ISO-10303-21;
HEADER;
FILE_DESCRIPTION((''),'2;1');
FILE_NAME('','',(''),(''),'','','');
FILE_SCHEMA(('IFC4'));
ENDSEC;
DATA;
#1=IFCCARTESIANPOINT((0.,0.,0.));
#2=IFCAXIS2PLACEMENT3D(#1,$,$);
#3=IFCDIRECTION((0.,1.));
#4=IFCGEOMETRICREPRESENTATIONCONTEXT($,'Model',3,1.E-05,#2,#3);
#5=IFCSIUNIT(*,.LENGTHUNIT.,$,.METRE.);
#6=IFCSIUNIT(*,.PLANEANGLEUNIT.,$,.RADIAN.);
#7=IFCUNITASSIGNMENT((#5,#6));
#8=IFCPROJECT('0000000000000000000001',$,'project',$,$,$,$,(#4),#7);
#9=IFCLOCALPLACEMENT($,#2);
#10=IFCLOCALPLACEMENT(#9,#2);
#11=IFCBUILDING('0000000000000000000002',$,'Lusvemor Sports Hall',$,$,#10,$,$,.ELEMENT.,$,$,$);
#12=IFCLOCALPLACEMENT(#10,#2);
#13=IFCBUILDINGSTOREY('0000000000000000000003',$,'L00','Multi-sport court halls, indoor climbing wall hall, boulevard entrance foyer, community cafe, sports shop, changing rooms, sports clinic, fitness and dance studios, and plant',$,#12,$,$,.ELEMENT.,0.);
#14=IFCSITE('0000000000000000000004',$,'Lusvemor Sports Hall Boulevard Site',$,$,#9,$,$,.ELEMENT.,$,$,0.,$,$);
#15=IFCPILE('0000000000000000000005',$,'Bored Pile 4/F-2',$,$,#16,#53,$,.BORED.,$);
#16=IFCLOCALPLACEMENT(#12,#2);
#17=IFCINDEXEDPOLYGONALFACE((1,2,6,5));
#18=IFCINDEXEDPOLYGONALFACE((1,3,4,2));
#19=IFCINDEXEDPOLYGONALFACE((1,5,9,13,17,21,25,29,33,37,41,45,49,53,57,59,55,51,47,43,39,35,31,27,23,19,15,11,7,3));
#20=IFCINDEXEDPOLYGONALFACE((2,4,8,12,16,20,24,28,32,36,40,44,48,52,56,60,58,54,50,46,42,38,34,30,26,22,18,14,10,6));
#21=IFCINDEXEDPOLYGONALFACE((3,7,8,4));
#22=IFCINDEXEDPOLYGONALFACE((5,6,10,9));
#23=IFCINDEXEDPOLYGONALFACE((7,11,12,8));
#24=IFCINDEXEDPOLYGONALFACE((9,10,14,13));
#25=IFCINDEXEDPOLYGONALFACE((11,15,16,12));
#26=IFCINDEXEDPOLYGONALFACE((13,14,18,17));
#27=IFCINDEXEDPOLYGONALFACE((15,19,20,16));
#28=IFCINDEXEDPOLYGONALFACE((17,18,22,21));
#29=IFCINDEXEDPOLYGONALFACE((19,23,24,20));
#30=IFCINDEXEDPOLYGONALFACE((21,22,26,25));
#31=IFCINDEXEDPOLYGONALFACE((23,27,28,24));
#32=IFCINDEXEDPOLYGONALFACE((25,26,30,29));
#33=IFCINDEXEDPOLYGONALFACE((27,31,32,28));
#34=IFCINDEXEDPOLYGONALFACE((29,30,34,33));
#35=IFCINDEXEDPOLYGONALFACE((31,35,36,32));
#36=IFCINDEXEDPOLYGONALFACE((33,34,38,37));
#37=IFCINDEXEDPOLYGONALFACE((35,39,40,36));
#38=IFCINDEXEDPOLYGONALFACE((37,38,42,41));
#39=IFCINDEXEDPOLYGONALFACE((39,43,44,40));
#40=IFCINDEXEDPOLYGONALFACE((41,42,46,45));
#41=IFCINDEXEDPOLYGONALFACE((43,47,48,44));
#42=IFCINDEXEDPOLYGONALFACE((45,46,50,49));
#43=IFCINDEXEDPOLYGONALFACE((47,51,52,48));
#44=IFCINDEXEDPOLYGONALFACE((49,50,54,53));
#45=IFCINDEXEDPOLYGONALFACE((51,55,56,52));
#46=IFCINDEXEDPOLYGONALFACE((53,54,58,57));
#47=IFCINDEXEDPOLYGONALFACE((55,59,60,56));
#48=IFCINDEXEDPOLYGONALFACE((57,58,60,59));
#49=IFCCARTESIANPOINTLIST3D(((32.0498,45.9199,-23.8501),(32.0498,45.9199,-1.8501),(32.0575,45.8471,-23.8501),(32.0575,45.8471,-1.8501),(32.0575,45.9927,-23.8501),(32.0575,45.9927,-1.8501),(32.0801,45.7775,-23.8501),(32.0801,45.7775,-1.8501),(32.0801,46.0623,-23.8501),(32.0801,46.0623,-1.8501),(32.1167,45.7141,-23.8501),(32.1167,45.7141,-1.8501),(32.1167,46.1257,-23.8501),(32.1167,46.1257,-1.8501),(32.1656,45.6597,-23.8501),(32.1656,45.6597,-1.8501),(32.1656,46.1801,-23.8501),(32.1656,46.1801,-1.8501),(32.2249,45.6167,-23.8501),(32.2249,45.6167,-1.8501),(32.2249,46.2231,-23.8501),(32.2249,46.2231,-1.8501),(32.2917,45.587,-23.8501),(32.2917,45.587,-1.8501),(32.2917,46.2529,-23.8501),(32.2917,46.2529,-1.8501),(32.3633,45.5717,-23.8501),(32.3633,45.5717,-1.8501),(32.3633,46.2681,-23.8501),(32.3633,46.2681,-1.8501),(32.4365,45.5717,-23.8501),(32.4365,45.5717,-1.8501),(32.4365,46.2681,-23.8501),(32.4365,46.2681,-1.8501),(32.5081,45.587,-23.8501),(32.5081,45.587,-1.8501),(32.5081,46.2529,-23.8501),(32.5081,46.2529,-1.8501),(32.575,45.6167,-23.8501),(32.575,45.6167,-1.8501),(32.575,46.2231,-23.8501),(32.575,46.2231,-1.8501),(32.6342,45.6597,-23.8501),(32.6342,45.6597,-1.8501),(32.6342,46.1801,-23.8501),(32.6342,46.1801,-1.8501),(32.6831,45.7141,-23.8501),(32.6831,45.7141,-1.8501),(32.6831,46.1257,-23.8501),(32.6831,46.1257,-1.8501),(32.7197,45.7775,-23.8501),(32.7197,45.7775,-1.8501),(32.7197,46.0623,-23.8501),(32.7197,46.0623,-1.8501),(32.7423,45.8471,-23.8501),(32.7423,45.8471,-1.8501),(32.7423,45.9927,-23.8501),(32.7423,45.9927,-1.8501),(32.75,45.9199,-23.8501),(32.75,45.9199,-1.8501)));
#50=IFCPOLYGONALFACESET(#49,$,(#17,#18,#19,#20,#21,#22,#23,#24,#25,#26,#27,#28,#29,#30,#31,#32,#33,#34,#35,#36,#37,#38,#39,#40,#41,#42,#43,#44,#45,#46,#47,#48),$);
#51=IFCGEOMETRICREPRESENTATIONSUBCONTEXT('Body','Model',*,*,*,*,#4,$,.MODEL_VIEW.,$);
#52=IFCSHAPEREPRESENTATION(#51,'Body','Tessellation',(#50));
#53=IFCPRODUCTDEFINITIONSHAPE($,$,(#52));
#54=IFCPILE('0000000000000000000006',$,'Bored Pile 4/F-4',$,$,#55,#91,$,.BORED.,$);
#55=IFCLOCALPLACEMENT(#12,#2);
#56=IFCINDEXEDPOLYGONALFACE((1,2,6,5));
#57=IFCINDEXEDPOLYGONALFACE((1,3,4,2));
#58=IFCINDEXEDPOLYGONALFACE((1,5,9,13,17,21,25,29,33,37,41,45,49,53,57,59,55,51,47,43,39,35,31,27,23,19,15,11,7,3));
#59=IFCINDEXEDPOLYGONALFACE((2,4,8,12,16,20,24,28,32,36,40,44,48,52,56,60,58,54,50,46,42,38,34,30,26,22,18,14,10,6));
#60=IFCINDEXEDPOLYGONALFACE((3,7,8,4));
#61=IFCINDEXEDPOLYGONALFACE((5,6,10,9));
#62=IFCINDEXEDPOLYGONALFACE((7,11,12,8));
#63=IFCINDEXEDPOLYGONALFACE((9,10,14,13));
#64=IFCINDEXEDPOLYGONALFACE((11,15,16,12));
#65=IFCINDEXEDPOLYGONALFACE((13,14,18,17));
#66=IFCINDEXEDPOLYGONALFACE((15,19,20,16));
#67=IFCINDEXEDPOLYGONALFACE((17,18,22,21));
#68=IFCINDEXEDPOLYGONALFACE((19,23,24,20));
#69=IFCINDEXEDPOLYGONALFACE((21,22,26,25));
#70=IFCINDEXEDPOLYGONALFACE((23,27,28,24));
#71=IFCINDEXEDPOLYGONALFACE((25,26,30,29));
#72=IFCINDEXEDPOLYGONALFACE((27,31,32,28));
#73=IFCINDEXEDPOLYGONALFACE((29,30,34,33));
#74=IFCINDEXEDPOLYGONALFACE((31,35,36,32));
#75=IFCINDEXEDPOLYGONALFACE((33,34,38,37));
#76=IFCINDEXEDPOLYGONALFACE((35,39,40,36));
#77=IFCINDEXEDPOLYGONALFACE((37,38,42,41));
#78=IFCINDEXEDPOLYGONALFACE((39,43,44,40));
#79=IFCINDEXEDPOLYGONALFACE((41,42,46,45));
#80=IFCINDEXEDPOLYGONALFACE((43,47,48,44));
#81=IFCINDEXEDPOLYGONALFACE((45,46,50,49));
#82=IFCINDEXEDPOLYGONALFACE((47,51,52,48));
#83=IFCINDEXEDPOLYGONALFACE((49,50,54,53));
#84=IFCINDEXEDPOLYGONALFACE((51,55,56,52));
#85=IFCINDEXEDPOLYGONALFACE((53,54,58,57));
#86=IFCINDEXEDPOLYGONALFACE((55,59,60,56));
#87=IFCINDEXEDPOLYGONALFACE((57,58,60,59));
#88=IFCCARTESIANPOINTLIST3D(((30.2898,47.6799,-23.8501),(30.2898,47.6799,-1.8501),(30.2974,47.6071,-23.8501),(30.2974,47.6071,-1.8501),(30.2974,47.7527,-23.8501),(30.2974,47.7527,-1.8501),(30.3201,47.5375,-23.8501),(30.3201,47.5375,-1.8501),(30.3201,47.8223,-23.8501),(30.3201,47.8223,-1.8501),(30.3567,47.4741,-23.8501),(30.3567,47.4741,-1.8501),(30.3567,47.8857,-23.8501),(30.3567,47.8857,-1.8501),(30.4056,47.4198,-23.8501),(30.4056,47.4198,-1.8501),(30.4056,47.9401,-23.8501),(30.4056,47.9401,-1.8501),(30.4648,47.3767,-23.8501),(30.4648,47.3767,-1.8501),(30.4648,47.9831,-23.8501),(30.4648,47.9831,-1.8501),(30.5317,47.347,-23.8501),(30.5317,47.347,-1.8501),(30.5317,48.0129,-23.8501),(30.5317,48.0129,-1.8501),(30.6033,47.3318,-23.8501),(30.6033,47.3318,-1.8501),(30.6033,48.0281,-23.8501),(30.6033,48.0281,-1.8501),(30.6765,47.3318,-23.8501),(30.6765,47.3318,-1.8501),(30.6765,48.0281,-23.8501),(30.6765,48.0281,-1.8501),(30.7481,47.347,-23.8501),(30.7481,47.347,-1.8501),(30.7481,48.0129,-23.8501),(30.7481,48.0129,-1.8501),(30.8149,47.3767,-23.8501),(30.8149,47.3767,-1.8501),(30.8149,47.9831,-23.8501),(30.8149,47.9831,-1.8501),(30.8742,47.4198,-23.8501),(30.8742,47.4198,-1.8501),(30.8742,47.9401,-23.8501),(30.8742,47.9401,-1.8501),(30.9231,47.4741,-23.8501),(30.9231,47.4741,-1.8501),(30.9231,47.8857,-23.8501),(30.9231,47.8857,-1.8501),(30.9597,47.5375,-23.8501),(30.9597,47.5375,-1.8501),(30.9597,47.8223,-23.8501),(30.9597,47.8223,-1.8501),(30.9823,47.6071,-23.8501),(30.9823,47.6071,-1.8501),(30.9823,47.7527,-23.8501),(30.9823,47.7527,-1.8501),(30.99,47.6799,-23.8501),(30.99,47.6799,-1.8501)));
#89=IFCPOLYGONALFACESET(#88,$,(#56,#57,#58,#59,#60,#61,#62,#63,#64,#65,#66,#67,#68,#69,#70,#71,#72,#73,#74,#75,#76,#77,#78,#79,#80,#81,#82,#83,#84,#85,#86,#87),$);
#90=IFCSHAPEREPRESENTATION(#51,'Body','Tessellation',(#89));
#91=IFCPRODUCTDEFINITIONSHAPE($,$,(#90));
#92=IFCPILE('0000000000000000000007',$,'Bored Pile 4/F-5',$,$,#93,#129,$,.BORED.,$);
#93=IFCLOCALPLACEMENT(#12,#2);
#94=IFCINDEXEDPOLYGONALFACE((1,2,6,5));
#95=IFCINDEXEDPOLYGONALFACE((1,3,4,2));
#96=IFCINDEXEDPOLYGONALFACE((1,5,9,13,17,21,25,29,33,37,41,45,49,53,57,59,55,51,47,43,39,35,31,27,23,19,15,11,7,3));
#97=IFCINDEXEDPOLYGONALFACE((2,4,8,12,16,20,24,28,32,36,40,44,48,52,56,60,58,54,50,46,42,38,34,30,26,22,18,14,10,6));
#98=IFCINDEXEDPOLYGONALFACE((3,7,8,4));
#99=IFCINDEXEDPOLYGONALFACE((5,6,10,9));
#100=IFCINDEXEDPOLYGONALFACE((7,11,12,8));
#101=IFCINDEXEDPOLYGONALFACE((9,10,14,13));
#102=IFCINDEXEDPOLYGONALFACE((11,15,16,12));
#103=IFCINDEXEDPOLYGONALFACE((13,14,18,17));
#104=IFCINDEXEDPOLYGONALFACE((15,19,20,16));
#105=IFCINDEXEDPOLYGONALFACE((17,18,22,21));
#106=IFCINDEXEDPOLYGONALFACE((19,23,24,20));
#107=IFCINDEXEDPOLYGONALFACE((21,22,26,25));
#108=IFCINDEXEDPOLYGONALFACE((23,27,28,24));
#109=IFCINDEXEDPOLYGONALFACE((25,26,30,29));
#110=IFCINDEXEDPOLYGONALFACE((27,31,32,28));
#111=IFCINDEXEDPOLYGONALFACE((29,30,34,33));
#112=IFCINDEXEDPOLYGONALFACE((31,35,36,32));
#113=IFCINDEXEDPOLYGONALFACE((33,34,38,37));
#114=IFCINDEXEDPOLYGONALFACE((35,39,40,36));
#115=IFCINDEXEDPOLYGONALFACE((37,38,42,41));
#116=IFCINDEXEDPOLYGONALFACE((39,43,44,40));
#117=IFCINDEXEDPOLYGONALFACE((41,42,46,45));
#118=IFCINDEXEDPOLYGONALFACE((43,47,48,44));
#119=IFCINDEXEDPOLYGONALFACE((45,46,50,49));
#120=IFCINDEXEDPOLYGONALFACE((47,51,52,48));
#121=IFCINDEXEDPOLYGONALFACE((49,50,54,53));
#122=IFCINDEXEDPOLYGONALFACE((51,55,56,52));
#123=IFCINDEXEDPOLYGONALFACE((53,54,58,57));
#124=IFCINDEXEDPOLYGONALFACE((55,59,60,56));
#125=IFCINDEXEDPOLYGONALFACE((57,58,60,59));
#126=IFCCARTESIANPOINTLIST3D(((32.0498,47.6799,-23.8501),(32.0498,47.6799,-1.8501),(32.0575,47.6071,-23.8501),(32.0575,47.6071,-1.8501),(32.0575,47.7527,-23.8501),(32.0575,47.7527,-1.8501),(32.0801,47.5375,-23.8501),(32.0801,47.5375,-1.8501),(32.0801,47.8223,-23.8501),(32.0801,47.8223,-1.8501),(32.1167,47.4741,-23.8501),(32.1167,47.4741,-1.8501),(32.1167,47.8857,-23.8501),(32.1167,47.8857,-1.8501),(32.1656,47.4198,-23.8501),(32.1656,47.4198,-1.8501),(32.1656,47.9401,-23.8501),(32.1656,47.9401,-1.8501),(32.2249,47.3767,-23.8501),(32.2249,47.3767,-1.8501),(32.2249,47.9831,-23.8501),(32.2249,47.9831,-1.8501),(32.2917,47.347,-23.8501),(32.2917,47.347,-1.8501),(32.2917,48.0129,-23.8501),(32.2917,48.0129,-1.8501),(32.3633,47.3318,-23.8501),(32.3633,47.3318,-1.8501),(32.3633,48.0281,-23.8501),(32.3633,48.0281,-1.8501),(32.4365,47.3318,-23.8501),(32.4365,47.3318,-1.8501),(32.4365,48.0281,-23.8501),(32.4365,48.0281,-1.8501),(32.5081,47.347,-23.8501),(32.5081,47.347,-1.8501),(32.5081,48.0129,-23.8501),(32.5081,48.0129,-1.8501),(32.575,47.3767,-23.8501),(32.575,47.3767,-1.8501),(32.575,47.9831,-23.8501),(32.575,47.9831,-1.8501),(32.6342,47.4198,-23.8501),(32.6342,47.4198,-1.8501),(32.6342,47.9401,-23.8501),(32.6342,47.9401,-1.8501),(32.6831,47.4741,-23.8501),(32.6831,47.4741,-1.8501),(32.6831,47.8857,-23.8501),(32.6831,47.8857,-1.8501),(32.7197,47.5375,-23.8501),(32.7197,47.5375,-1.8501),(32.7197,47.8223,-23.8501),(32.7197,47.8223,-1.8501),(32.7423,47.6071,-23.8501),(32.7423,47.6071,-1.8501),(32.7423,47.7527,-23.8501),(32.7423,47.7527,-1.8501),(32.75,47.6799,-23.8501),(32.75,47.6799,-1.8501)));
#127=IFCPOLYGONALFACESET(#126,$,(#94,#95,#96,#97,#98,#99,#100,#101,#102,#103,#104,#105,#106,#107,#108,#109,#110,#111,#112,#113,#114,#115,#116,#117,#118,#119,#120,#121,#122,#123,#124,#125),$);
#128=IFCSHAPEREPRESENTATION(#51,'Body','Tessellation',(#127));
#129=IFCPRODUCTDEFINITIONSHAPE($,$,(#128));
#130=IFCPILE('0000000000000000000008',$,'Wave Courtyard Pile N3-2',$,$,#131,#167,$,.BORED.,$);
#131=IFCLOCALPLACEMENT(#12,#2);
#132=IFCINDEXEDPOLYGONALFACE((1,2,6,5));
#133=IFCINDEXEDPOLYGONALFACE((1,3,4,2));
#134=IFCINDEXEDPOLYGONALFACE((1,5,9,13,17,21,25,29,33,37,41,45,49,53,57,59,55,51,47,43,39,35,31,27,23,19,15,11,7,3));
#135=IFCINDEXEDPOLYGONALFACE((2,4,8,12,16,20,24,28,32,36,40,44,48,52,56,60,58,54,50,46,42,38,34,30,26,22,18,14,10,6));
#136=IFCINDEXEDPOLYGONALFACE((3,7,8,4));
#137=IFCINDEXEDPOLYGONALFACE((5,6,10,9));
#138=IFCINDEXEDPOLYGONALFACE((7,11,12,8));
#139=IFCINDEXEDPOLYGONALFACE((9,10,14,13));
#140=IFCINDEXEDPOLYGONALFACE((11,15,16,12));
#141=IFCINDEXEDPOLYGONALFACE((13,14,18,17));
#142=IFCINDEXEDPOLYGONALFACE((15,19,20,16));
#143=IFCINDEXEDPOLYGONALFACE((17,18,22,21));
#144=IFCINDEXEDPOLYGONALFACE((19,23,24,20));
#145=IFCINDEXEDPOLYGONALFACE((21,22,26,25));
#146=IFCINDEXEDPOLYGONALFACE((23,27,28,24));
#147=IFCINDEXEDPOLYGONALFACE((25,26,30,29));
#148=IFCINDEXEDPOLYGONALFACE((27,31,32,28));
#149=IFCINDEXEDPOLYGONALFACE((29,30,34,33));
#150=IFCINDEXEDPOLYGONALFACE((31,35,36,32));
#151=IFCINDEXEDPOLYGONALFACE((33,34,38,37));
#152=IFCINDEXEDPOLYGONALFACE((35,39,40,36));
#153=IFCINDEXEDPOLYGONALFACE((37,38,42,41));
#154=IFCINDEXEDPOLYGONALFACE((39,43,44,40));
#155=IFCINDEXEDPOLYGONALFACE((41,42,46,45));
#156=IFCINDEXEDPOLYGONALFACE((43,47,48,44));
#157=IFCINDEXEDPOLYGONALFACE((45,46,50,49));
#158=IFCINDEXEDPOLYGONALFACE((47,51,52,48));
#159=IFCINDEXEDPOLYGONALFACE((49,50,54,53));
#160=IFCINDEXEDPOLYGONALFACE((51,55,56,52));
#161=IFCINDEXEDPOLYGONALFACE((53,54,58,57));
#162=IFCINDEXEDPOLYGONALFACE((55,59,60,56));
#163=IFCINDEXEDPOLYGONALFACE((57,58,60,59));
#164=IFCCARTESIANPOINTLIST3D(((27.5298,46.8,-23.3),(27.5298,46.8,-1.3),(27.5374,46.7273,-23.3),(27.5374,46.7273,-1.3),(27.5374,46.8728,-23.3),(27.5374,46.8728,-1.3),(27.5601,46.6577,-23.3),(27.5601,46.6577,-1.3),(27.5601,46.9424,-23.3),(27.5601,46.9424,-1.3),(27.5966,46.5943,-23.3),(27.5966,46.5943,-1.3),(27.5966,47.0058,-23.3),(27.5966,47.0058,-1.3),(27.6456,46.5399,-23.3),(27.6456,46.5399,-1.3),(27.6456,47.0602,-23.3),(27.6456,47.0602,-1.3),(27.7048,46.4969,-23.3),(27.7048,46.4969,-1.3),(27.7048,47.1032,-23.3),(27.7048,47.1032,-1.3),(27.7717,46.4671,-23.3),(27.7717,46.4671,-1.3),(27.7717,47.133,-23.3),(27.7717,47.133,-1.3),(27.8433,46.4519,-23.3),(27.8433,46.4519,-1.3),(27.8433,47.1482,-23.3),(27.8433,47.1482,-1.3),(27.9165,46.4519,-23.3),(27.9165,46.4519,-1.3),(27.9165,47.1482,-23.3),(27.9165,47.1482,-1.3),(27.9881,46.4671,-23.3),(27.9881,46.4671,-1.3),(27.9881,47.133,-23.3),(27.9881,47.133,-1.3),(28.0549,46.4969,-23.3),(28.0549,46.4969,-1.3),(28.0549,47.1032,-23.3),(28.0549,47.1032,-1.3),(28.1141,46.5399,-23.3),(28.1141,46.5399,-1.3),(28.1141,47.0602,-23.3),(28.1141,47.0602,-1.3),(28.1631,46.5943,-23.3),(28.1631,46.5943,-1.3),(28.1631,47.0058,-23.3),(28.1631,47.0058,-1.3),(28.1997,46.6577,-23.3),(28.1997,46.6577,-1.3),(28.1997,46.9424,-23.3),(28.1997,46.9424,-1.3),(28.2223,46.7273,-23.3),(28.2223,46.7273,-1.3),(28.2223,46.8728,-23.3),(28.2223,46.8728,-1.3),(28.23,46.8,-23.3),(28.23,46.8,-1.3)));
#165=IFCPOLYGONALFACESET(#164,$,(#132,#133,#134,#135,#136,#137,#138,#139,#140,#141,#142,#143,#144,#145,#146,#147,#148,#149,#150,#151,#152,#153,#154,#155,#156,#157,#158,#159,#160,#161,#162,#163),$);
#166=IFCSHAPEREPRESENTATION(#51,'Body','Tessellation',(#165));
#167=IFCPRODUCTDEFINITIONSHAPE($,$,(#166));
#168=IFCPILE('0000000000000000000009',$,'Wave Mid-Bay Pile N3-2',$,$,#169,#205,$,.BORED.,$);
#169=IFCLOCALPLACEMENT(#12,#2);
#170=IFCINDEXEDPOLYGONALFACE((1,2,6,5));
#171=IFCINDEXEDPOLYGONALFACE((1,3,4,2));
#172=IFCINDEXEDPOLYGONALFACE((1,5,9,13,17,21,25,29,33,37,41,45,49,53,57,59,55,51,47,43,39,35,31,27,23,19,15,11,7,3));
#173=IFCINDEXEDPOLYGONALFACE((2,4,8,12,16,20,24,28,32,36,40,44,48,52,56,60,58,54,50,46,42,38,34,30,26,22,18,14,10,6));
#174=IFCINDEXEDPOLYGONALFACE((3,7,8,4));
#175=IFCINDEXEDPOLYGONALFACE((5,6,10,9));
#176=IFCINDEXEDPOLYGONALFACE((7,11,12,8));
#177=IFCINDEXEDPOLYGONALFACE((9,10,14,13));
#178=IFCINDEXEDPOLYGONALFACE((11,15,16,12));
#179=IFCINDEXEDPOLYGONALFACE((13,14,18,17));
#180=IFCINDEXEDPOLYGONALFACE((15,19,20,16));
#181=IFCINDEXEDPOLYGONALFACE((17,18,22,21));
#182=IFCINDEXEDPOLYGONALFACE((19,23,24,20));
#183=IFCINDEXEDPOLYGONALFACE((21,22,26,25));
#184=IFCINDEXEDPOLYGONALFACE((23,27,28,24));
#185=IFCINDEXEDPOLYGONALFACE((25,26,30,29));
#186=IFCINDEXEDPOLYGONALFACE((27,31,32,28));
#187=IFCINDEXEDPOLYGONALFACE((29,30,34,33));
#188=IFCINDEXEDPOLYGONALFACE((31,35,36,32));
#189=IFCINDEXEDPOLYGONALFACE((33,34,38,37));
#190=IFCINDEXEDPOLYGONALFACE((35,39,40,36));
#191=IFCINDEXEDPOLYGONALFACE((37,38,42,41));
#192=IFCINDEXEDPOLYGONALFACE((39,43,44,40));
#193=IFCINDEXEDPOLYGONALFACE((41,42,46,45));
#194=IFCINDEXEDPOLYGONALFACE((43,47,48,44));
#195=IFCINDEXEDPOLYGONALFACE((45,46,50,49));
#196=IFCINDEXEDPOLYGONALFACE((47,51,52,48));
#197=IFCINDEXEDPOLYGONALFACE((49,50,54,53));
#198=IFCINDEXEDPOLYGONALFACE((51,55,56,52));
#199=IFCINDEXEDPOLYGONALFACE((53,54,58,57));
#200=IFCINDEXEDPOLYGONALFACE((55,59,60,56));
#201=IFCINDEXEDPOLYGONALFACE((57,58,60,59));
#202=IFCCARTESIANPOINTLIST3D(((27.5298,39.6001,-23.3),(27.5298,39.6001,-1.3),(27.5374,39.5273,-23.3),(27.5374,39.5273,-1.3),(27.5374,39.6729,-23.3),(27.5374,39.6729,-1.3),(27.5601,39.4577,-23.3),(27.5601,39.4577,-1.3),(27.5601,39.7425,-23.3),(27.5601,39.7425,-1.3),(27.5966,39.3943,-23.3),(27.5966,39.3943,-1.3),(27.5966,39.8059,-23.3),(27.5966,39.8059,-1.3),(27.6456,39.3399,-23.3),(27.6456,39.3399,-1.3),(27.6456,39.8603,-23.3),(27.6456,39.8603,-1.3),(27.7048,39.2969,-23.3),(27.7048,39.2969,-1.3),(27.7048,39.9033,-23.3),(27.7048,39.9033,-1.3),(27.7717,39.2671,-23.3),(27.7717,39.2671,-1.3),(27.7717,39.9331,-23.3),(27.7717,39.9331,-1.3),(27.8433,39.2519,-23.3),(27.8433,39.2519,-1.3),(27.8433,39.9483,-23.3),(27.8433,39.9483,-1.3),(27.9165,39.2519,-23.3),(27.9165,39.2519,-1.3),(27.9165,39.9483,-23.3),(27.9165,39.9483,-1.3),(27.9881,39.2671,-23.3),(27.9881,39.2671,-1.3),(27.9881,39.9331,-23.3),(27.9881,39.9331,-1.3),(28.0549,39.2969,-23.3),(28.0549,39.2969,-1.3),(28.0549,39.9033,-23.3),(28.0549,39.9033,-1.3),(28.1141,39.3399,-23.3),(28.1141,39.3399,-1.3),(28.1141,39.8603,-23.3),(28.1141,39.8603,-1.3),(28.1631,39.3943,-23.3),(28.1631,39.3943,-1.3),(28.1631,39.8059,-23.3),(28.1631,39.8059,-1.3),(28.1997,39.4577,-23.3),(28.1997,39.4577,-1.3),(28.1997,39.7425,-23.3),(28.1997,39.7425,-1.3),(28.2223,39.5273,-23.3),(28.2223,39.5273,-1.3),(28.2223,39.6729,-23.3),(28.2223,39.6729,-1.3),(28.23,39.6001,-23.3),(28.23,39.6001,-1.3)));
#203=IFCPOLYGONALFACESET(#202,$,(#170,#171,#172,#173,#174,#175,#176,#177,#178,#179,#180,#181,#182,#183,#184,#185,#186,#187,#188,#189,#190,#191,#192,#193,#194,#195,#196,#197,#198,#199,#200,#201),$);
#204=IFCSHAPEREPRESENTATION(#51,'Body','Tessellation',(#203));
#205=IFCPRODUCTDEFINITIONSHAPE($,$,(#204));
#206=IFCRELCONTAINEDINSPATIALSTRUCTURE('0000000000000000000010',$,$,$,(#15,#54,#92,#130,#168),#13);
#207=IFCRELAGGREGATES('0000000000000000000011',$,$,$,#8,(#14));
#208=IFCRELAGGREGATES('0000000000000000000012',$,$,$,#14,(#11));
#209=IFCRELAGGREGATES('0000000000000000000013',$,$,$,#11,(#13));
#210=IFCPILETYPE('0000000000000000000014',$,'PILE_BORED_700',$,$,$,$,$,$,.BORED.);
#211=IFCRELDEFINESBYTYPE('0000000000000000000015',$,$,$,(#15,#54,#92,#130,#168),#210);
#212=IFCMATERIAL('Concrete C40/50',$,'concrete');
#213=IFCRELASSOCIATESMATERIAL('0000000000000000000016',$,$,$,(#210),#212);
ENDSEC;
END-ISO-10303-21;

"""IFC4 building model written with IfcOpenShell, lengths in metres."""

from ifc_helpers import new_model, si_unit, direction, frame, origin, origin_2d, place, context, subcontext, project, spatial, circle, extrude, material, material_profile, profile_set, type_object, element, save


model = new_model("IFC4")

# Units and contexts
model_context = context("Model", 3, precision=1e-05, world=origin(), true_north=direction((0.0, 1.0)))
body_context = subcontext(model_context, "Body", "Model", "MODEL_VIEW")
ifc_project = project(units=[si_unit("LENGTHUNIT", "METRE"), si_unit("PLANEANGLEUNIT", "RADIAN")], contexts=[model_context])

# Site, building, storey
site_placement = place(None, origin())
site = spatial("IfcSite", under=ifc_project, at=site_placement, Name="Lusvemor Sports Hall Boulevard Site", CompositionType="ELEMENT", RefElevation=0.0)
building_placement = place(site_placement, origin())
building = spatial("IfcBuilding", under=site, at=building_placement, Name="Lusvemor Sports Hall", CompositionType="ELEMENT")
storey_placement = place(building_placement, origin())
storey = spatial("IfcBuildingStorey", under=building, at=storey_placement, Name="L00", Description="Multi-sport court halls, indoor climbing wall hall, boulevard entrance foyer, community cafe, sports shop, changing rooms, sports clinic, fitness and dance studios, and plant", CompositionType="ELEMENT", Elevation=0.0)

# Piles
ifc_material_1 = material(Name="Concrete C40/50", Category="concrete")
ifc_material_profile_1 = material_profile(ifc_material_1, circle(Radius=0.3501, at=origin_2d()), Name="PILE700")
ifc_profile_set_1 = profile_set([ifc_material_profile_1], Name="Concrete C40/50")
pile_type = type_object("IfcPileType", Name="PILE_BORED_700", PredefinedType="BORED", material=ifc_profile_set_1)
for number, where, z_axis, x_axis, name in (
    (1, (32.3999, 45.9199, -1.8501), (0.0, 0.0, -1.0), (1.0, 0.0, 0.0), "Bored Pile 4/F-2"),
    (2, (30.6399, 47.6799, -1.8501), (0.0, 0.0, -1.0), (1.0, 0.0, 0.0), "Bored Pile 4/F-4"),
    (3, (32.3999, 47.6799, -1.8501), (0.0, 0.0, -1.0), (1.0, 0.0, 0.0), "Bored Pile 4/F-5"),
    (4, (27.8799, 46.8, -1.3), (0.0, 0.0, -1.0), (1.0, 0.0, 0.0), "Wave Courtyard Pile N3-2"),
    (5, (27.8799, 39.6001, -1.3), (0.0, 0.0, -1.0), (1.0, 0.0, 0.0), "Wave Mid-Bay Pile N3-2"),
):
    element("IfcPile", number, at=place(storey_placement, frame(where, z_axis=z_axis, x_axis=x_axis)), inside=storey, type_object=pile_type, Name=name, PredefinedType="BORED", context=body_context, shape_type="SweptSolid", body=[
        extrude(circle(Radius=0.3501, at=origin_2d()), origin(), (0.0, 0.0, 1.0), 22.0),
    ])

save(model, "model.ifc")
